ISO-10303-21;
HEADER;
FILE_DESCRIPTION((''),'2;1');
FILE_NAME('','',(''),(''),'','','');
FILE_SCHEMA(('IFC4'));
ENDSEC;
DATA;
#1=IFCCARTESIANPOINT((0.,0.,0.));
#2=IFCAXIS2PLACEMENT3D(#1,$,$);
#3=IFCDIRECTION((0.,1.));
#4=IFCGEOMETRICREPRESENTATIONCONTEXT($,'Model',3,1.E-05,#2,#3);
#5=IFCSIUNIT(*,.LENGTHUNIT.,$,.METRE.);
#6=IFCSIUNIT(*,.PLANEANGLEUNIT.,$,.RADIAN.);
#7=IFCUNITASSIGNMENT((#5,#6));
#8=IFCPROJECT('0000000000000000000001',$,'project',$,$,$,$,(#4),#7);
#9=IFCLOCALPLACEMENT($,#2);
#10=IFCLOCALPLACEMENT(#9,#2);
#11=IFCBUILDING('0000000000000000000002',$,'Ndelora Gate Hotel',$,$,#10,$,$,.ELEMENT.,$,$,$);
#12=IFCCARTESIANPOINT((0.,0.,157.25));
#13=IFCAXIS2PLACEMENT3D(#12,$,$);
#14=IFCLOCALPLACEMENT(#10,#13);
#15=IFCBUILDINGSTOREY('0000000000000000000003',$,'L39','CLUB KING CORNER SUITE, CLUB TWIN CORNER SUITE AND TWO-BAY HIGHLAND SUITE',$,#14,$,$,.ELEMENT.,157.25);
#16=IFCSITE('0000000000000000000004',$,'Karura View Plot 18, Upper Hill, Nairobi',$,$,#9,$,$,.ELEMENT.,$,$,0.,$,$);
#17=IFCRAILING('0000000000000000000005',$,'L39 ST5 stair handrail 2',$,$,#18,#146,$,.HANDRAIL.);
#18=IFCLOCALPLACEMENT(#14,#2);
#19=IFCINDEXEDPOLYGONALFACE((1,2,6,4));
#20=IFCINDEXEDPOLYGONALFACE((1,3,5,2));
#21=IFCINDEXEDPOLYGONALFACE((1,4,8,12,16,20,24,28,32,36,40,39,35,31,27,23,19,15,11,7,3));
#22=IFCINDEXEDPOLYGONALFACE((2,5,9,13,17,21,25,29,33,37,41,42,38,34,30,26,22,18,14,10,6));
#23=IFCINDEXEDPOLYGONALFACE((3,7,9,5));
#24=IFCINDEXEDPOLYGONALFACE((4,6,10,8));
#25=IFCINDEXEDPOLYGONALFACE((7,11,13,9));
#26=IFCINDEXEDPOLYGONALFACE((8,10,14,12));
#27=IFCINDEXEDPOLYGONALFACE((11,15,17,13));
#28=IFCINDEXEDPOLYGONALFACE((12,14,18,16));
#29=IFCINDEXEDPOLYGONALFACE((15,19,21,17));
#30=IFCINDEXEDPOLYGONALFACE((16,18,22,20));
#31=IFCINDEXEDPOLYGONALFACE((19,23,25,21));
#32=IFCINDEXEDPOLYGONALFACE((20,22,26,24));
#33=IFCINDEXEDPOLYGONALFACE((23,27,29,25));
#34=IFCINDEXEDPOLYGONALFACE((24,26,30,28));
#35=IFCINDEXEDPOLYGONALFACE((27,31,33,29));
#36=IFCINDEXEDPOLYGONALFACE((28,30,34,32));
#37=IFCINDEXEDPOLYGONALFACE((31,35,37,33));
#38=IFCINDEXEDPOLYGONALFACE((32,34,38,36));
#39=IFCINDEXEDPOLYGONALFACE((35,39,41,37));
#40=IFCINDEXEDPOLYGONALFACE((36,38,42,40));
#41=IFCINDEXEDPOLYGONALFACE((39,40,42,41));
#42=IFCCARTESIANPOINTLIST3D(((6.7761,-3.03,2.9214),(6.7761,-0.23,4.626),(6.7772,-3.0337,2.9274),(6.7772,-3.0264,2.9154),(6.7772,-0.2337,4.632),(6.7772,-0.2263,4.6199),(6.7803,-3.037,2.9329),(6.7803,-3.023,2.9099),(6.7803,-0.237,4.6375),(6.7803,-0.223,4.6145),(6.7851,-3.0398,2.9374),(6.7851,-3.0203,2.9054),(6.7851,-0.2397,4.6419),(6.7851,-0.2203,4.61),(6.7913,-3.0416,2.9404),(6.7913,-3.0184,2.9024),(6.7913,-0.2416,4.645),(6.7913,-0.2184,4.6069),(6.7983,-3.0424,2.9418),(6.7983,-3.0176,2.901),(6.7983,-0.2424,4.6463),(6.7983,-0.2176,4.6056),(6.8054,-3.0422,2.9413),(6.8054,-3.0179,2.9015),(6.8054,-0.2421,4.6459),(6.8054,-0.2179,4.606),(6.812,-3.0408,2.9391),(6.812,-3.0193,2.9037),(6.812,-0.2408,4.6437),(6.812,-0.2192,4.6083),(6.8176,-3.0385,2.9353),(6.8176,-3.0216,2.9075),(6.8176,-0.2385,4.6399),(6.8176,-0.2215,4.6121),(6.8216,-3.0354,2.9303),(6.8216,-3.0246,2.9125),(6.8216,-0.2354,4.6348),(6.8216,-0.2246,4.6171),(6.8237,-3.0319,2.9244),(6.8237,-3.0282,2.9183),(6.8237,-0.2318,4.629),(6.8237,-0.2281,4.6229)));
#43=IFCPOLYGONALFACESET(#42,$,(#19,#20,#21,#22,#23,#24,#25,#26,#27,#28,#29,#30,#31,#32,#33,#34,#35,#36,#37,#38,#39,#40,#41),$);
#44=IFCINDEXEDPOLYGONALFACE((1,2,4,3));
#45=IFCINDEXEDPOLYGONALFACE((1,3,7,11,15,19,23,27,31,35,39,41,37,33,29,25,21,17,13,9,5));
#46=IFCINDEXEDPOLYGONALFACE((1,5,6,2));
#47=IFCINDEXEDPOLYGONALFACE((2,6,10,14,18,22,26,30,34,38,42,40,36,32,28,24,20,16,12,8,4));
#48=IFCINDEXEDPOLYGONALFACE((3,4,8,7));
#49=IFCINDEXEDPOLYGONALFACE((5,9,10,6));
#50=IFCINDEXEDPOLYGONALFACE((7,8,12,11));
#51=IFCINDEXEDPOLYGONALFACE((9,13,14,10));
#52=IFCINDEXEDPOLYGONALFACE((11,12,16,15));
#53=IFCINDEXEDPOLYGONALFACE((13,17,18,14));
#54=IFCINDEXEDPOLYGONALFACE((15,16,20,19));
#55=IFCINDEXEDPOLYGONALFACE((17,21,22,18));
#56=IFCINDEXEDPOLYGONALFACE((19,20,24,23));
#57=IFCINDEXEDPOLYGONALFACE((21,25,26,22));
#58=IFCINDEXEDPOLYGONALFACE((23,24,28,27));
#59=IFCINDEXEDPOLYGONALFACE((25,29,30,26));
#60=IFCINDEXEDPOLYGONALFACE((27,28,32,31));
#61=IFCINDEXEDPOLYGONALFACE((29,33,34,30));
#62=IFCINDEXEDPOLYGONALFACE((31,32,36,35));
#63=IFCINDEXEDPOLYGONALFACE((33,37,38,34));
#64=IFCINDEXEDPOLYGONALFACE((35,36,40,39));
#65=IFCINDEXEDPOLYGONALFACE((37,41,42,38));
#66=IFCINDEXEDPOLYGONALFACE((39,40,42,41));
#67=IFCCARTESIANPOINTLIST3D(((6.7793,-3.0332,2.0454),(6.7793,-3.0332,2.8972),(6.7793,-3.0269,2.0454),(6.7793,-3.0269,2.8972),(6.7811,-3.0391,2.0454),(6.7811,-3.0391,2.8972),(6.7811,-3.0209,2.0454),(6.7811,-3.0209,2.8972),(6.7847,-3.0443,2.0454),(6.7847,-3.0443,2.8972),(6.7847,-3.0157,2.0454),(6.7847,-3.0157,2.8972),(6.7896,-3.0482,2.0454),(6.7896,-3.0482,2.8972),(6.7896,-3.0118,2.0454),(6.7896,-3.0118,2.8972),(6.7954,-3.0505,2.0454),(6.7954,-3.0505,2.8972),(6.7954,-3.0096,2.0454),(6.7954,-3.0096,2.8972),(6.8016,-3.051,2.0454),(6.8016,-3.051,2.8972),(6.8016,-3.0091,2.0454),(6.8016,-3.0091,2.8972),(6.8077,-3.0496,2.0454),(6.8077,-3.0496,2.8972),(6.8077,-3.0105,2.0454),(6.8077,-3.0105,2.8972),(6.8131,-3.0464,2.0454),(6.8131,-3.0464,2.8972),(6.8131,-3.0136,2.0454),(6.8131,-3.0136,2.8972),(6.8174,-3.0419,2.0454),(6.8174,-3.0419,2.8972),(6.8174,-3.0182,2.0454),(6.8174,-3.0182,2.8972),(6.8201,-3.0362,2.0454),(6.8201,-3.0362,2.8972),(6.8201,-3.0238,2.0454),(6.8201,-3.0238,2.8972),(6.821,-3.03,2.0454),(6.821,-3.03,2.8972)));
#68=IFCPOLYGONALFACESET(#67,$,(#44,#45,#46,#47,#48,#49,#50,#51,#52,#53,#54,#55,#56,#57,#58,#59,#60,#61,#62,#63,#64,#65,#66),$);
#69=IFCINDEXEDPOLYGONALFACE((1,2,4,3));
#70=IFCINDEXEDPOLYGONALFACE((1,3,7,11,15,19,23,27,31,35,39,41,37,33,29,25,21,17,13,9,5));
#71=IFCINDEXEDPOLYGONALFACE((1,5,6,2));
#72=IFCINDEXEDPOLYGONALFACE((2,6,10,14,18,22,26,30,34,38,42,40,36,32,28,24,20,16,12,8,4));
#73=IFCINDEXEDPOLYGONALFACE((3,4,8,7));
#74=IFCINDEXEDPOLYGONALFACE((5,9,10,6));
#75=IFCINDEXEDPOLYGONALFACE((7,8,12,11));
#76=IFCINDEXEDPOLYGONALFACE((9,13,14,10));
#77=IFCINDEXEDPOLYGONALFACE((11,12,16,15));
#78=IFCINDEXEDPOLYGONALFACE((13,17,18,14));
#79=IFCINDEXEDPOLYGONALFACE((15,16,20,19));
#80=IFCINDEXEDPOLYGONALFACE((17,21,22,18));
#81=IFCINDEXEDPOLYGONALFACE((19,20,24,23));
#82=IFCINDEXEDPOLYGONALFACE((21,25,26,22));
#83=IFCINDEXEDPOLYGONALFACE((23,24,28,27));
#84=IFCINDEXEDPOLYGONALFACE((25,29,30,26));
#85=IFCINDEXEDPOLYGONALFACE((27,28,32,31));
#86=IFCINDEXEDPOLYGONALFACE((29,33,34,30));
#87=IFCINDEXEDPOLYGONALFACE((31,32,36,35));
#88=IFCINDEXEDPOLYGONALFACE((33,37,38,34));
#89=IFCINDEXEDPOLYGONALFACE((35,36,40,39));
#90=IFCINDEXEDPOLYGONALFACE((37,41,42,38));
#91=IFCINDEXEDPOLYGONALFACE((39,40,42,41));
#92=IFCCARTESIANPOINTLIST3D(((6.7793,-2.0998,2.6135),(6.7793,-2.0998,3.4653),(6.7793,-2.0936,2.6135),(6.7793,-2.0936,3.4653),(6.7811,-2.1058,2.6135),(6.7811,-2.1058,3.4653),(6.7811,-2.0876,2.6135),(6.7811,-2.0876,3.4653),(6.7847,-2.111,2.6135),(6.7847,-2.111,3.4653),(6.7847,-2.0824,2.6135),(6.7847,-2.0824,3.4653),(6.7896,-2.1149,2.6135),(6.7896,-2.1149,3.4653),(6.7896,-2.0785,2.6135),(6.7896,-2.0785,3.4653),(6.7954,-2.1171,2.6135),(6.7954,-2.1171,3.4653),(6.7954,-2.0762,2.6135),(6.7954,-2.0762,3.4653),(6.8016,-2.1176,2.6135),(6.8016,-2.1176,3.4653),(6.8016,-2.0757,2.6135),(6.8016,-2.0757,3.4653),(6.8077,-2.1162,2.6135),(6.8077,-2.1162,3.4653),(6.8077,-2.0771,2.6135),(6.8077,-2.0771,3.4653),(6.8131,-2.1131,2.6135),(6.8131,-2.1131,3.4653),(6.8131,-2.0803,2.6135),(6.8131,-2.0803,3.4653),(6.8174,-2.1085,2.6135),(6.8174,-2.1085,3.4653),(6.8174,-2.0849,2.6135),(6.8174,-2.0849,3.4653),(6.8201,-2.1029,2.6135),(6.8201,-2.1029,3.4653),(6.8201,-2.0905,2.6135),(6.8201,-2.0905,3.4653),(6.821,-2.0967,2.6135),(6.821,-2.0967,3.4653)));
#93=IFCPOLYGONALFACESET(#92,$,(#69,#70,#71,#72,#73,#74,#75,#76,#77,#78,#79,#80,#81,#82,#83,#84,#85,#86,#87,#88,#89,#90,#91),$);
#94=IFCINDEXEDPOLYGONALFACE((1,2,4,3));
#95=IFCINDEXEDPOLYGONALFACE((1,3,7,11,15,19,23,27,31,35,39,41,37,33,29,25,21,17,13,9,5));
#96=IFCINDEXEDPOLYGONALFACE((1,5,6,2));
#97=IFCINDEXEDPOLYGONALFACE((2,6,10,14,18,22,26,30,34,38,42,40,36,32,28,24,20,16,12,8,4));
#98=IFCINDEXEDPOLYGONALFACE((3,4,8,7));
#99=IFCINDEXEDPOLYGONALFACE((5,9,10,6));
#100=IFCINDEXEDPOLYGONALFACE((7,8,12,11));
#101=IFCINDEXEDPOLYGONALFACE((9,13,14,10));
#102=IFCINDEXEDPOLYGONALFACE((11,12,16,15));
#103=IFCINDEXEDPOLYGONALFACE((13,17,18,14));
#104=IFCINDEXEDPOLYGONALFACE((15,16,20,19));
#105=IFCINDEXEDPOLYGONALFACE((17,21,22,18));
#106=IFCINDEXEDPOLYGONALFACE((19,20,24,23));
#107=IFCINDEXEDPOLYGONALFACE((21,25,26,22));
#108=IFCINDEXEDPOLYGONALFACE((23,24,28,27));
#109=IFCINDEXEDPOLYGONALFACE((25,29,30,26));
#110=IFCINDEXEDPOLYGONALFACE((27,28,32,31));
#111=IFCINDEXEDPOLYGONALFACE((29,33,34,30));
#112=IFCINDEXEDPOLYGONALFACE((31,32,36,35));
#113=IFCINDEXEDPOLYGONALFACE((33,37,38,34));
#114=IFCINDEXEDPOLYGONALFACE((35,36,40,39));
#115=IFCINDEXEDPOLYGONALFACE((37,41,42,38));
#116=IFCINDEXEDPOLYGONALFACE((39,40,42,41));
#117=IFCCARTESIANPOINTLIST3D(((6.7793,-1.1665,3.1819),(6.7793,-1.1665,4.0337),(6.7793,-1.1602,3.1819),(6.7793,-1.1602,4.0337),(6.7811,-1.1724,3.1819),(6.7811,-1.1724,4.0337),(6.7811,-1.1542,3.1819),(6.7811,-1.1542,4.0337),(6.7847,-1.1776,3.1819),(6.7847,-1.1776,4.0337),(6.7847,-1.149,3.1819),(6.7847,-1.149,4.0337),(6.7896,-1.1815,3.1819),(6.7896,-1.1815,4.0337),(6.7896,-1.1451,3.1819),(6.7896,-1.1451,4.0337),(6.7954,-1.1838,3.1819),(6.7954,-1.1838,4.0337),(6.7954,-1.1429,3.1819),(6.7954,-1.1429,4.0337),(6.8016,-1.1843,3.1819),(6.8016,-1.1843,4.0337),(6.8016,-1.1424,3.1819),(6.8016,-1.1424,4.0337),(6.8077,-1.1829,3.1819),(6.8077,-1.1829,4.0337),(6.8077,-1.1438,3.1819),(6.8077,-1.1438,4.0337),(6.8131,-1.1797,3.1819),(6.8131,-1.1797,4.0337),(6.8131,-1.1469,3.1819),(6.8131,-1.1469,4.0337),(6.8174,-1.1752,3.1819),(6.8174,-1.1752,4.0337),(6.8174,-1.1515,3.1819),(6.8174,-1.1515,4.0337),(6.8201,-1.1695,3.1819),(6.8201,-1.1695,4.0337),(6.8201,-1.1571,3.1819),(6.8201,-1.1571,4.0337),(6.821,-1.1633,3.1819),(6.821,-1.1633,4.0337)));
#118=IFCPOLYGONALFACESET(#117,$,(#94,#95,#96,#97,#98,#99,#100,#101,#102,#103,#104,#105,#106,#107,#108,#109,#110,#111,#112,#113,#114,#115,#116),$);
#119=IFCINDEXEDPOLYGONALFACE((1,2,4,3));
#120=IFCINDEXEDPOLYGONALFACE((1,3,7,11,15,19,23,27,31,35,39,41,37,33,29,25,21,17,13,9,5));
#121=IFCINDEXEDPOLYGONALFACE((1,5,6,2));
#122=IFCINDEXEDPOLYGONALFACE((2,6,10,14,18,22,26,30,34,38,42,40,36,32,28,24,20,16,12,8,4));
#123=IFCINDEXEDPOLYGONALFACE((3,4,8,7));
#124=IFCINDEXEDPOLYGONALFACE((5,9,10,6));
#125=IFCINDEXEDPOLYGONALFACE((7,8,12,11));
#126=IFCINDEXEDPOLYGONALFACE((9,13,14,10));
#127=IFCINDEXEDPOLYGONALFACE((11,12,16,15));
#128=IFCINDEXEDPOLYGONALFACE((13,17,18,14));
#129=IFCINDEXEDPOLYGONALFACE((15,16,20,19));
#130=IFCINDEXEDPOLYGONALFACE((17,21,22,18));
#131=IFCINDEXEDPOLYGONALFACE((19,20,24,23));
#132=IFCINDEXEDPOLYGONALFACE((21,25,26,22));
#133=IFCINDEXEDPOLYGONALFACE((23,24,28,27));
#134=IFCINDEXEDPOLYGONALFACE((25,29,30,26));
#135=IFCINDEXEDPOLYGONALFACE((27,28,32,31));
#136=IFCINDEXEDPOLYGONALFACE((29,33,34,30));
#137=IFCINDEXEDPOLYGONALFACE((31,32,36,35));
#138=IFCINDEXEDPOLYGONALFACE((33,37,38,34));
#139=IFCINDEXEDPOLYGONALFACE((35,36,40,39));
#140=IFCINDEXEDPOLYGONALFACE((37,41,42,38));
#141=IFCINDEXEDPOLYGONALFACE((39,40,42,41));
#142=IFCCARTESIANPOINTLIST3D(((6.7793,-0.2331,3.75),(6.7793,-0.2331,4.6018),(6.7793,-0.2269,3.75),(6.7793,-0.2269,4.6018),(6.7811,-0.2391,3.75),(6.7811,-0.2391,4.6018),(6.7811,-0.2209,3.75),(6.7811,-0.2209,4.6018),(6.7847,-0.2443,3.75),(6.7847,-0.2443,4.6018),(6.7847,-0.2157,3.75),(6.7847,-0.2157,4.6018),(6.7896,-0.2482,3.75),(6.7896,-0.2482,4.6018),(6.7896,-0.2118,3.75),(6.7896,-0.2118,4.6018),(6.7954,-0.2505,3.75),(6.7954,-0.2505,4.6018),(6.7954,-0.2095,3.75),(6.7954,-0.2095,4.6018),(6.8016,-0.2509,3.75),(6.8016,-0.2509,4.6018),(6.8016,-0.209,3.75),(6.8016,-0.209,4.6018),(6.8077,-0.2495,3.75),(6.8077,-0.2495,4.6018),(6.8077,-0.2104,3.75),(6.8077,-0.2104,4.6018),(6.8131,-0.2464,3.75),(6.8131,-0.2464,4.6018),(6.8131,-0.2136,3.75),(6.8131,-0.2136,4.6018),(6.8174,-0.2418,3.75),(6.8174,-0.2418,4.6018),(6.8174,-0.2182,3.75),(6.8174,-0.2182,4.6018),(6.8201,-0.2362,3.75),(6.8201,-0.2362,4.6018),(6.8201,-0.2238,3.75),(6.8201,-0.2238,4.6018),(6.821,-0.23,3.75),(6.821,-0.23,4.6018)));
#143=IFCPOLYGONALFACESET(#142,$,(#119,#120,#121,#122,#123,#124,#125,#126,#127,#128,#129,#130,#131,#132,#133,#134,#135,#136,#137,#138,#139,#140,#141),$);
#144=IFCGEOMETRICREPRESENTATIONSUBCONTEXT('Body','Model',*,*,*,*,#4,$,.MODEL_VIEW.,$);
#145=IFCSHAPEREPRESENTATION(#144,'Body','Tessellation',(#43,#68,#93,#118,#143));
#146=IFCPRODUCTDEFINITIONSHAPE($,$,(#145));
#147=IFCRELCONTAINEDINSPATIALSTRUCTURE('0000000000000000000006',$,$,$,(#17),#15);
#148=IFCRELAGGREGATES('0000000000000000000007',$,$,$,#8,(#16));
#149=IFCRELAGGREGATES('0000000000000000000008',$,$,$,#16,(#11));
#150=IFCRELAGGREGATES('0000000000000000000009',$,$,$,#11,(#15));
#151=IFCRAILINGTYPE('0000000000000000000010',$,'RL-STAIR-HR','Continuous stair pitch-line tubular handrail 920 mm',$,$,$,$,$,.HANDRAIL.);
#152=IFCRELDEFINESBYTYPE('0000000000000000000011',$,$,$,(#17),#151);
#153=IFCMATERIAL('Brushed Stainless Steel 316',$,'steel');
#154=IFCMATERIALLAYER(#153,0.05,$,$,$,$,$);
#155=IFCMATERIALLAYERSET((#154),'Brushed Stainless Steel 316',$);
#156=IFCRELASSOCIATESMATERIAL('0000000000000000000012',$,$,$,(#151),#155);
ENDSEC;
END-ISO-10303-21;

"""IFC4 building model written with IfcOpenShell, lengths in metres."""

from ifc_helpers import new_model, si_unit, direction, frame, origin, origin_2d, place, context, subcontext, project, spatial, circle, extrude, material, layer, layer_set, type_object, element, save


model = new_model("IFC4")

# Units and contexts
model_context = context("Model", 3, precision=1e-05, world=origin(), true_north=direction((0.0, 1.0)))
body_context = subcontext(model_context, "Body", "Model", "MODEL_VIEW")
ifc_project = project(units=[si_unit("LENGTHUNIT", "METRE"), si_unit("PLANEANGLEUNIT", "RADIAN")], contexts=[model_context])

# Site, building, storey
site_placement = place(None, origin())
site = spatial("IfcSite", under=ifc_project, at=site_placement, Name="Karura View Plot 18, Upper Hill, Nairobi", CompositionType="ELEMENT", RefElevation=0.0)
building_placement = place(site_placement, origin())
building = spatial("IfcBuilding", under=site, at=building_placement, Name="Ndelora Gate Hotel", CompositionType="ELEMENT")
storey_placement = place(building_placement, frame((0.0, 0.0, 157.25)))
storey = spatial("IfcBuildingStorey", under=building, at=storey_placement, Name="L39", Description="CLUB KING CORNER SUITE, CLUB TWIN CORNER SUITE AND TWO-BAY HIGHLAND SUITE", CompositionType="ELEMENT", Elevation=157.25)

# Railing
ifc_material_1 = material(Name="Brushed Stainless Steel 316", Category="steel")
ifc_layer_1 = layer(ifc_material_1, 0.05)
ifc_layer_set_1 = layer_set([ifc_layer_1], Name="Brushed Stainless Steel 316")
railing_type_1 = type_object("IfcRailingType", Name="RL-STAIR-HR", Description="Continuous stair pitch-line tubular handrail 920 mm", PredefinedType="HANDRAIL", material=ifc_layer_set_1)
railing_1_placement = place(storey_placement, frame((6.8, -3.03, 2.0454)))
element("IfcRailing", 1, at=railing_1_placement, inside=storey, type_object=railing_type_1, Name="L39 ST5 stair handrail 2", PredefinedType="HANDRAIL", context=body_context, shape_type="SweptSolid", body=[
    extrude(circle(Radius=0.0239, at=origin_2d()), frame((0.0, 0.0, 0.876), z_axis=(0.0, 0.85417, 0.519994), x_axis=(-1.0, 0.0, 0.0)), (0.0, 0.0, 1.0), 3.2781),
    extrude(circle(Radius=0.021, at=origin_2d()), origin(), (0.0, 0.0, 1.0), 0.8518),
    extrude(circle(Radius=0.021, at=origin_2d()), frame((0.0, 0.9333, 0.5681)), (0.0, 0.0, 1.0), 0.8518),
    extrude(circle(Radius=0.021, at=origin_2d()), frame((0.0, 1.8667, 1.1365)), (0.0, 0.0, 1.0), 0.8518),
    extrude(circle(Radius=0.021, at=origin_2d()), frame((0.0, 2.8, 1.7046)), (0.0, 0.0, 1.0), 0.8518),
])

save(model, "model.ifc")
